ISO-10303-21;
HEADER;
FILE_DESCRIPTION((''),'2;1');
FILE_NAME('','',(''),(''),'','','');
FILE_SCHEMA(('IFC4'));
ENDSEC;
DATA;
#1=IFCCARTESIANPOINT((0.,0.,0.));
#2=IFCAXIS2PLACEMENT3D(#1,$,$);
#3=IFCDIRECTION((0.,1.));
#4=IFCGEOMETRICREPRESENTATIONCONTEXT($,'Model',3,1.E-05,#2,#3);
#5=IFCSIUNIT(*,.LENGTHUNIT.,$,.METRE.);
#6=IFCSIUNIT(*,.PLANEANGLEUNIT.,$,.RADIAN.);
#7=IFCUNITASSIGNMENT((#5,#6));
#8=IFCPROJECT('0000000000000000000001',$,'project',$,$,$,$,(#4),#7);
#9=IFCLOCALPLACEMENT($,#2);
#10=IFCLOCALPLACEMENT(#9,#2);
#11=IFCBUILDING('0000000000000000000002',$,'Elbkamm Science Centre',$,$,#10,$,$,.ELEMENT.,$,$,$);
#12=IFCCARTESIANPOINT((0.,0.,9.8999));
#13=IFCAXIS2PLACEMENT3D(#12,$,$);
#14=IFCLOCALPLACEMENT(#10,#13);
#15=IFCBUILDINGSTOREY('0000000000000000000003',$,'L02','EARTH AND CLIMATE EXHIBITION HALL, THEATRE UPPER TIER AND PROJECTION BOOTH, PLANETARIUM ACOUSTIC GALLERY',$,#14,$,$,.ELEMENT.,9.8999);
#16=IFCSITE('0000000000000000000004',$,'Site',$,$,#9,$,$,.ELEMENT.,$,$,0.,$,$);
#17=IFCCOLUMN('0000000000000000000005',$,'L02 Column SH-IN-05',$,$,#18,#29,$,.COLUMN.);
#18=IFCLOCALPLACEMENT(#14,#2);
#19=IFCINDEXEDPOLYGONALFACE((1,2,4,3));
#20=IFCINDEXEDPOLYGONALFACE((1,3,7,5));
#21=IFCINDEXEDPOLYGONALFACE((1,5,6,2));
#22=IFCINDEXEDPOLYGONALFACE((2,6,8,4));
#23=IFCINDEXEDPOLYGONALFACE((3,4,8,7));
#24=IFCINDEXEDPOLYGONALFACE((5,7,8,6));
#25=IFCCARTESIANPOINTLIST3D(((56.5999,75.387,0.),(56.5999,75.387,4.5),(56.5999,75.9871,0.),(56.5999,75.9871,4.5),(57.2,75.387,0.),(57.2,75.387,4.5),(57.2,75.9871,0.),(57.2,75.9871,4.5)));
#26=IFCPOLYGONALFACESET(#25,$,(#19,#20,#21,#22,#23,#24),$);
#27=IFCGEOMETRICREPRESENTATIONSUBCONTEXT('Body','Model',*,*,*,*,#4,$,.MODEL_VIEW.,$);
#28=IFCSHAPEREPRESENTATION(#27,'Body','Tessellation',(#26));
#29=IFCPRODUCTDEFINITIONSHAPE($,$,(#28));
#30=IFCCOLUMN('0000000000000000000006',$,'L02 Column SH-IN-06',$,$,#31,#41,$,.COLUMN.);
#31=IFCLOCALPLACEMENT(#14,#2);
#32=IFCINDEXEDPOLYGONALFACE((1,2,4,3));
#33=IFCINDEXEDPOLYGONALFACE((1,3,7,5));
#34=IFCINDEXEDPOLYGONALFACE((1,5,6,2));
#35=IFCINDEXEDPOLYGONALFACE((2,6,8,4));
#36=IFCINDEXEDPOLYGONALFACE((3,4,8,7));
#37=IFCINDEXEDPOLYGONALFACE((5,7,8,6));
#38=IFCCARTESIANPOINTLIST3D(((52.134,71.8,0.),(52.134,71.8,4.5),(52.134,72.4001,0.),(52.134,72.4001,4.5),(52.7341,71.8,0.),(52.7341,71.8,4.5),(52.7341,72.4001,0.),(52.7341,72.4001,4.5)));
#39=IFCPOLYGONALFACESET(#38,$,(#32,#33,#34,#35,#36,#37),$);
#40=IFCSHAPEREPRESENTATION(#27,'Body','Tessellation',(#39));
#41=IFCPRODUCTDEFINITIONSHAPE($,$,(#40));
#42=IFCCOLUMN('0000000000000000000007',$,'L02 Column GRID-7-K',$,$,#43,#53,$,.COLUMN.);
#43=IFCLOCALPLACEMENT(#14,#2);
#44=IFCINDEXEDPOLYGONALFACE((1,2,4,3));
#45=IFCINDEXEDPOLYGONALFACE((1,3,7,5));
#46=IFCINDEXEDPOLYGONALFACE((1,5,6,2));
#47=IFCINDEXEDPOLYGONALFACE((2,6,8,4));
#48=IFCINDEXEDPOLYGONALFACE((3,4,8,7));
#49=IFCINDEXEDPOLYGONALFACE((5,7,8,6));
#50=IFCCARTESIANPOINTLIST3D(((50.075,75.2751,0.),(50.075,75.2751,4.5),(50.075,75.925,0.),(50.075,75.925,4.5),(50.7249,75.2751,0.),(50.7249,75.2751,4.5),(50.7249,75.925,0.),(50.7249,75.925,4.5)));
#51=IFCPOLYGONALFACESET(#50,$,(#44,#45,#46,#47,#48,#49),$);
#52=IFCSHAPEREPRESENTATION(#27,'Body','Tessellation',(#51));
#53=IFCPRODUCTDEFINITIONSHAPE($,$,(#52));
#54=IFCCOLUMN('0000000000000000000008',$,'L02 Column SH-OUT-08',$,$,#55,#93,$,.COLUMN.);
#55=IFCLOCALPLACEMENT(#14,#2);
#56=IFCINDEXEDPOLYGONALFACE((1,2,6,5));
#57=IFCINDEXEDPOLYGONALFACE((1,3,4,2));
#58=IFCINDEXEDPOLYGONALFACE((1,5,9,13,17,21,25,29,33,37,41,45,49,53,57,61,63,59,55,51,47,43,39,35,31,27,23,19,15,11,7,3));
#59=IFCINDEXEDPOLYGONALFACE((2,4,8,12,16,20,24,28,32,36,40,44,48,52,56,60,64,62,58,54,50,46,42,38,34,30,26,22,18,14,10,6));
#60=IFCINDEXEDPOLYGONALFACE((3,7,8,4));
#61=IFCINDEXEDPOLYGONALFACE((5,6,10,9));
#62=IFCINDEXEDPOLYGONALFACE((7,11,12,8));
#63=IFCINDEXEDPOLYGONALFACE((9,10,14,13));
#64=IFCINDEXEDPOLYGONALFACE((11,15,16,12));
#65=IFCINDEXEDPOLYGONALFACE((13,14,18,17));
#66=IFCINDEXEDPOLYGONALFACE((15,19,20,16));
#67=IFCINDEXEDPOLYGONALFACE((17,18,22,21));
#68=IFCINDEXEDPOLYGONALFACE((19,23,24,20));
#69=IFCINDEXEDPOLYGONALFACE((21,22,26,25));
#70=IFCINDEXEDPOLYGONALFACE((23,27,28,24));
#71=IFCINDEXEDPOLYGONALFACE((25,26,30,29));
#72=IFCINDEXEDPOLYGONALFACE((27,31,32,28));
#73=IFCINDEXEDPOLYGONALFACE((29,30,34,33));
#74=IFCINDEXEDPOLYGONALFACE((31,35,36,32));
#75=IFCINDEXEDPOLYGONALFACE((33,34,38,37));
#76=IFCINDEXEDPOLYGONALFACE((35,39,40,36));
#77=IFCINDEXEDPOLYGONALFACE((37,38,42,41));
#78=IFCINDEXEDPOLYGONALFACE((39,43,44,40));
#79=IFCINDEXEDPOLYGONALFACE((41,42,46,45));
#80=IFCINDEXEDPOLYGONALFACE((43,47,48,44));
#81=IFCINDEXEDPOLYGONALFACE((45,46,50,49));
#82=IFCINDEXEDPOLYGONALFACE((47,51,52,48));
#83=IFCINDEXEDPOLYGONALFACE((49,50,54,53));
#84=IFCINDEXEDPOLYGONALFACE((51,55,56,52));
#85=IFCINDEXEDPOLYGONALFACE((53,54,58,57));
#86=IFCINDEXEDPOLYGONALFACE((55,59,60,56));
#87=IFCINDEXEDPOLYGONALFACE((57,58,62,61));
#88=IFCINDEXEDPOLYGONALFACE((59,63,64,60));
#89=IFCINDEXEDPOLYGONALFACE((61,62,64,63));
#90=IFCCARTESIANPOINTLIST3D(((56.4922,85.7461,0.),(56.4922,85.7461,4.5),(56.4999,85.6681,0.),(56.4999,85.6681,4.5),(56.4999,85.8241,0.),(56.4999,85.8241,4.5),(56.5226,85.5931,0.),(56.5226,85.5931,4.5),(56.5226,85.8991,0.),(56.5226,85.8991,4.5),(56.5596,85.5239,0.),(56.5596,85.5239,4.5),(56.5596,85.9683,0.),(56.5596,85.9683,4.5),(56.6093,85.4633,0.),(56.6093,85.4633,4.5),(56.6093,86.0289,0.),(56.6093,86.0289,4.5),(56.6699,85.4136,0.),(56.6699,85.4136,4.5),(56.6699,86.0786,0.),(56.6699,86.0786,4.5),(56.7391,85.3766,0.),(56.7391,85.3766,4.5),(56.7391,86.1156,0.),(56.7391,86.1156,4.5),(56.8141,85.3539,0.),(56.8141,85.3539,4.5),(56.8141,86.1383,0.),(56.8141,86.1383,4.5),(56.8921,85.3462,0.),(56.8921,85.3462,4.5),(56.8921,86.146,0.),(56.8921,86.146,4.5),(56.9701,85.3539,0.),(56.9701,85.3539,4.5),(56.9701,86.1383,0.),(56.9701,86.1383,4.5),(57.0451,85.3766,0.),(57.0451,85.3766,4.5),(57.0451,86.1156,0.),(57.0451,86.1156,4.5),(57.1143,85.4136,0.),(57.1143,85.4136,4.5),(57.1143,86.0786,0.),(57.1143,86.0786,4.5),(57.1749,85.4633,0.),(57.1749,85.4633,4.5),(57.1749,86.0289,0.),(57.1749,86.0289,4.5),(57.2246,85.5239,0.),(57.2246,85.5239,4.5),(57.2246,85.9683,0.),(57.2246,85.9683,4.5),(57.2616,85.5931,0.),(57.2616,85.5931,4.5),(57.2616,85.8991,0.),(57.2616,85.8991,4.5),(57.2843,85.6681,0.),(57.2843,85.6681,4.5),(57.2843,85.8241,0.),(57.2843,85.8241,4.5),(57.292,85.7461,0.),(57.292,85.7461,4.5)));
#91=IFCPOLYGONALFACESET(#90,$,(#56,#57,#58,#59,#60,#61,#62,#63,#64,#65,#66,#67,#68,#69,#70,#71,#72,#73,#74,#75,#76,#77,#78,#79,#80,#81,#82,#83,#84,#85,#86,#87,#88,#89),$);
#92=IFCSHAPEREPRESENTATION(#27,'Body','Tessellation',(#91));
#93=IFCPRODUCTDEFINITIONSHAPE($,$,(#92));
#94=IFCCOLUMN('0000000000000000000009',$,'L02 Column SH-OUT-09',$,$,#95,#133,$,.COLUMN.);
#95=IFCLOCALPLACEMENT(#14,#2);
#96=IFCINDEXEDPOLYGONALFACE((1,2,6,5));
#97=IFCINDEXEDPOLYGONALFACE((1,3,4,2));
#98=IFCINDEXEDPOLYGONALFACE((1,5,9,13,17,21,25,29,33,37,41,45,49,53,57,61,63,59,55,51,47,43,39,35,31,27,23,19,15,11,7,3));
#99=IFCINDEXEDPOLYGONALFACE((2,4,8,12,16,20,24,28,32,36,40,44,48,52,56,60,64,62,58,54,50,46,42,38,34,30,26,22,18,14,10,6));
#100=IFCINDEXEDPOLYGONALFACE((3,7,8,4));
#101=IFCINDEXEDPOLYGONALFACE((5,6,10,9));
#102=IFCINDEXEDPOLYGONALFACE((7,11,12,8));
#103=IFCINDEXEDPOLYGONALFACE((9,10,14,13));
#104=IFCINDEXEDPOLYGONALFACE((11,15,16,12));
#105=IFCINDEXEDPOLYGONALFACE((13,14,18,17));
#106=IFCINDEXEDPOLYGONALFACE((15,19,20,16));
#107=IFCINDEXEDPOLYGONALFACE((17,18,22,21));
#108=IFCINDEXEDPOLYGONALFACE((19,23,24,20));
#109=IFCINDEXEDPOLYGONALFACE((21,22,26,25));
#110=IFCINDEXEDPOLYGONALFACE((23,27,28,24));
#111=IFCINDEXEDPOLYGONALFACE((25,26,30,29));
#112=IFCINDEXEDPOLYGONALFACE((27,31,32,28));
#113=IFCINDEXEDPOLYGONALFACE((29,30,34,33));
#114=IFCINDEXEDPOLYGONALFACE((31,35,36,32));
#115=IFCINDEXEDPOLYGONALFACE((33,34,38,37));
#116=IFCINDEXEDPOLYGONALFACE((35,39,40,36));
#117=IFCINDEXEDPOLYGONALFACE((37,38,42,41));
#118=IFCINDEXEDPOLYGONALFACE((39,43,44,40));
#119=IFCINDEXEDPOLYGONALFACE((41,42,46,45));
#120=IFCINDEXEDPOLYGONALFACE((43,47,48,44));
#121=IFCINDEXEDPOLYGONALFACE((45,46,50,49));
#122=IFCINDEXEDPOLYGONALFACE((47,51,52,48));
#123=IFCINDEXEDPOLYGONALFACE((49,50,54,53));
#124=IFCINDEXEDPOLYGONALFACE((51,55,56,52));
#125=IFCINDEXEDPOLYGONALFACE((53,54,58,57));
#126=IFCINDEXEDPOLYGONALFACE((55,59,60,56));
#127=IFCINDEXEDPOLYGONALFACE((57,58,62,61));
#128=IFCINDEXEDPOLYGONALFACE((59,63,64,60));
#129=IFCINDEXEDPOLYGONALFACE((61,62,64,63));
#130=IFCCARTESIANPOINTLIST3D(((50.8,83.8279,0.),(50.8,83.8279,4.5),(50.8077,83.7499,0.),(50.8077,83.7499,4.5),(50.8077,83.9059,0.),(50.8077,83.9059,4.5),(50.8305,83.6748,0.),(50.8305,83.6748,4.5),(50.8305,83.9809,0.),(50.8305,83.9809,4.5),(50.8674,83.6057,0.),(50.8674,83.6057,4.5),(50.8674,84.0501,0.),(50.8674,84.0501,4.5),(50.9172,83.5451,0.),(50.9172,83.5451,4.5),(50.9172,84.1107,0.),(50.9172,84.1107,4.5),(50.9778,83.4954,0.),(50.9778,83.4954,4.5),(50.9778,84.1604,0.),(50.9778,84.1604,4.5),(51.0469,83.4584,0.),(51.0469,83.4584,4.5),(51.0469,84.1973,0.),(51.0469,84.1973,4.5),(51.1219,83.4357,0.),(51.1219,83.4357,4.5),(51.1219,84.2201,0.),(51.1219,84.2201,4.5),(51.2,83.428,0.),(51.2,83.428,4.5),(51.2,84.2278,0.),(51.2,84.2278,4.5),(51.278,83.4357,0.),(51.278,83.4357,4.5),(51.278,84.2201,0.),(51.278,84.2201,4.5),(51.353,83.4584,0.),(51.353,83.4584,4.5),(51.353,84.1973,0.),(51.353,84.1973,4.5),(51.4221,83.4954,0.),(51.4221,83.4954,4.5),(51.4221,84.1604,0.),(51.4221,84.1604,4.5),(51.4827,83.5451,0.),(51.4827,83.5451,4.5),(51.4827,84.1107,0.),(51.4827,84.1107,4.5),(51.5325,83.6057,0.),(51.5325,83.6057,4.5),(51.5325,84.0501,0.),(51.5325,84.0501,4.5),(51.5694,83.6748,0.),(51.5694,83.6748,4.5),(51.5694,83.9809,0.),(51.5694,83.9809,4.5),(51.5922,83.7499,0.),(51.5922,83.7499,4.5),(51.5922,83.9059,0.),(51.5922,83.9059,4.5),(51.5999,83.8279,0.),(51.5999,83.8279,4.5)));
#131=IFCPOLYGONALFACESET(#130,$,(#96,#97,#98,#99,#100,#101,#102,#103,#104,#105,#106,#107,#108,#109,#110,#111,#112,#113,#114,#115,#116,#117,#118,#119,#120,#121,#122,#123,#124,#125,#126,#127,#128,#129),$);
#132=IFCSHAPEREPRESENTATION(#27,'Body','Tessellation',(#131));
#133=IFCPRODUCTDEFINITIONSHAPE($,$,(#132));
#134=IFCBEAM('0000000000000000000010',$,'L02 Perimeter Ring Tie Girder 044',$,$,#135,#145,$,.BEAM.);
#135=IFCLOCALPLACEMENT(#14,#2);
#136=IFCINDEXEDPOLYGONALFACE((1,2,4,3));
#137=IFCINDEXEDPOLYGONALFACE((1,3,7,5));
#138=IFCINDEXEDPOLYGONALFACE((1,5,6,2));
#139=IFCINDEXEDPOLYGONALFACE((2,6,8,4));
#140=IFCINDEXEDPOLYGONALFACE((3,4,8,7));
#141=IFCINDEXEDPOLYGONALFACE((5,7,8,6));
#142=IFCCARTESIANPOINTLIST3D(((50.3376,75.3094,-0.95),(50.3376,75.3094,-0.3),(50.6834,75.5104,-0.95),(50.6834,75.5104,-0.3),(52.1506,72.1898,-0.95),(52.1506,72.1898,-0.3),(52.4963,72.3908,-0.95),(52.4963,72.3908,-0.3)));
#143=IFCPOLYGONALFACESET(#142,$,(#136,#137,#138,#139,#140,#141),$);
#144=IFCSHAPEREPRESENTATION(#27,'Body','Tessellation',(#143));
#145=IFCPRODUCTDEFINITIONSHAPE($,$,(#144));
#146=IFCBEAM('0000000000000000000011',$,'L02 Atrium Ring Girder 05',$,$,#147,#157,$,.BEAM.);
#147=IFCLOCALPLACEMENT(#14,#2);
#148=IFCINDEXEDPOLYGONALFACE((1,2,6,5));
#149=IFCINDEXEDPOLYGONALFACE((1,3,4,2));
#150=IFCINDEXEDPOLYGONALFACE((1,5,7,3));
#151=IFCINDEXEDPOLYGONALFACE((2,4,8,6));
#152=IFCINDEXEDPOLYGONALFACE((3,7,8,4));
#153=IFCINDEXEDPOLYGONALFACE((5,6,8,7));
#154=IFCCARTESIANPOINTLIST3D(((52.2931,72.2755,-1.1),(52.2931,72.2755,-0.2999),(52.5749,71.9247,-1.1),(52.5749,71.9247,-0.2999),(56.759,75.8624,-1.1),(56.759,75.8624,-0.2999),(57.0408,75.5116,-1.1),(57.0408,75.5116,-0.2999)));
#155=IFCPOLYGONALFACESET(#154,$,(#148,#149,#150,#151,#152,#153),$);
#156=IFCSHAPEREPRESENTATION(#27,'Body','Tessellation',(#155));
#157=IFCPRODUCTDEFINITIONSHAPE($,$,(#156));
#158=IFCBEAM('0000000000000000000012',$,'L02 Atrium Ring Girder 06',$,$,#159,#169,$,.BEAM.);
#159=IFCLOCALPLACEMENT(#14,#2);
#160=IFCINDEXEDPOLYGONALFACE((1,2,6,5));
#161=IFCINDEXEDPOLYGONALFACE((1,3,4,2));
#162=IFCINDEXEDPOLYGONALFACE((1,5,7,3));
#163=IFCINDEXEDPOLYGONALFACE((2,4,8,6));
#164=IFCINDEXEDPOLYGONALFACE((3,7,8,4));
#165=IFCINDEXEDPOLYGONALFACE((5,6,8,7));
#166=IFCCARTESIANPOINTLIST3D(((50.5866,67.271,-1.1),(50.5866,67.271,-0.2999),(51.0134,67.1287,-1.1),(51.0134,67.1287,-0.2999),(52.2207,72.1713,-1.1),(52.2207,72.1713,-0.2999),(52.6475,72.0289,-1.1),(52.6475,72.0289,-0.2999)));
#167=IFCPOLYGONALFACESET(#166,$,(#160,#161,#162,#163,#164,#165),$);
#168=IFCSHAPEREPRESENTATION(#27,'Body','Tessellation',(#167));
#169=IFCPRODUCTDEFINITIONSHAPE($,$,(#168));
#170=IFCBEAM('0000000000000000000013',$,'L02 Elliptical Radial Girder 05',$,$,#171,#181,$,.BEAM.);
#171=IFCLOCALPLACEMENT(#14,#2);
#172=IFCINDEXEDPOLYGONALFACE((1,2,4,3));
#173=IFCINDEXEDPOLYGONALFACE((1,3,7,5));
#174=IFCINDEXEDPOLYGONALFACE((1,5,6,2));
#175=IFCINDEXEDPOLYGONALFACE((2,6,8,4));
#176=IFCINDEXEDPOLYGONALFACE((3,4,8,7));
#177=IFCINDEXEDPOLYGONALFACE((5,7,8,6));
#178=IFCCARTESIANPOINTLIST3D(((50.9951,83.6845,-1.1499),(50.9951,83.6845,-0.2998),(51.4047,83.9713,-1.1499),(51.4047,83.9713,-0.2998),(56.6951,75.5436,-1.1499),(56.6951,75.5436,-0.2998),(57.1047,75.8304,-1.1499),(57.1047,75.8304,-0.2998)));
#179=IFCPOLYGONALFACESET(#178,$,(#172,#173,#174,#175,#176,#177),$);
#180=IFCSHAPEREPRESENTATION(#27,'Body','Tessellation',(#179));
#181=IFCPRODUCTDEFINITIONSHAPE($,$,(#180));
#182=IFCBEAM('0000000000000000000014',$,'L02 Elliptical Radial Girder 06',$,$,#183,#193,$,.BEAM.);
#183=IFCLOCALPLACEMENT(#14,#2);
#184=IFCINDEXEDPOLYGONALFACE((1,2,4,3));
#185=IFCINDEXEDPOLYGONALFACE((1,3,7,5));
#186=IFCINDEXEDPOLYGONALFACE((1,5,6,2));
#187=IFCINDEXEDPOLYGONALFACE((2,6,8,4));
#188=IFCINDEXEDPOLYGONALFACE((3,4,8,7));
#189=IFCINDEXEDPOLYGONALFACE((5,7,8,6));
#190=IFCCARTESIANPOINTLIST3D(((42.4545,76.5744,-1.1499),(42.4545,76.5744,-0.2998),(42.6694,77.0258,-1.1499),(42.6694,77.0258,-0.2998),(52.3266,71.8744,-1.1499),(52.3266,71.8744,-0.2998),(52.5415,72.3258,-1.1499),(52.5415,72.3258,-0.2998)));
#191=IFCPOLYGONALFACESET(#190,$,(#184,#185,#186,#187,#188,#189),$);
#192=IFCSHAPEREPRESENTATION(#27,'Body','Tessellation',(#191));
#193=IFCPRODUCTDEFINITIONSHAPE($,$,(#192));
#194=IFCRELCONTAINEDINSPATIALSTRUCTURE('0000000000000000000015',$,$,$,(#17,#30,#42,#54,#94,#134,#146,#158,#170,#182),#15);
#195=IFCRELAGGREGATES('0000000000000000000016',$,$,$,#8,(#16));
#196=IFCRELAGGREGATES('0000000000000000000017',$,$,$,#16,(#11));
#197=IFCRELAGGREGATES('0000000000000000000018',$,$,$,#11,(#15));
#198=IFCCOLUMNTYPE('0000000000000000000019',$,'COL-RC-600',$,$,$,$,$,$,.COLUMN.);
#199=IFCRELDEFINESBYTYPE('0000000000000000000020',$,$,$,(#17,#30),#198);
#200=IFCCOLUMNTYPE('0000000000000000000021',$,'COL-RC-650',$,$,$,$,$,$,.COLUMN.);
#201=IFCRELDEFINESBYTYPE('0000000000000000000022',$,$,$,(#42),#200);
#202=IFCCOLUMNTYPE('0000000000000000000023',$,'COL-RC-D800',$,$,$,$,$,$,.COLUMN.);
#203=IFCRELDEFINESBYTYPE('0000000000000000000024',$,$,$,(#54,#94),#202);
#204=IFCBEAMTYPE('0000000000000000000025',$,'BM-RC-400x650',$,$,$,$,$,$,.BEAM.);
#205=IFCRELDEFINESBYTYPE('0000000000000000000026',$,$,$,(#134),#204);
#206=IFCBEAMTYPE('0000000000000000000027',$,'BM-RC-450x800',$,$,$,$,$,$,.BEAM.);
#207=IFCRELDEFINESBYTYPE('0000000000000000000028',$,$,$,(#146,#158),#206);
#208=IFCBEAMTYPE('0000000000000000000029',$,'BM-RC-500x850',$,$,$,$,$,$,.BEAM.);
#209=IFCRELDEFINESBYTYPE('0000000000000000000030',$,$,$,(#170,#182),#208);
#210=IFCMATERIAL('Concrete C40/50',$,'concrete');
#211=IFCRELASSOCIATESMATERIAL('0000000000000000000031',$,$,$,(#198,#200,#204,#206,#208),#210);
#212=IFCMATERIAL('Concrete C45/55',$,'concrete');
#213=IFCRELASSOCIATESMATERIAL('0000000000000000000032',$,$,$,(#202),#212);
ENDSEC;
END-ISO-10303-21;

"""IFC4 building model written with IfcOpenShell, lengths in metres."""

from ifc_helpers import new_model, si_unit, direction, frame, origin, origin_2d, place, context, subcontext, project, spatial, rectangle, circle, extrude, material, material_profile, profile_set, type_object, element, save


model = new_model("IFC4")

# Units and contexts
model_context = context("Model", 3, precision=1e-05, world=origin(), true_north=direction((0.0, 1.0)))
body_context = subcontext(model_context, "Body", "Model", "MODEL_VIEW")
ifc_project = project(units=[si_unit("LENGTHUNIT", "METRE"), si_unit("PLANEANGLEUNIT", "RADIAN")], contexts=[model_context])

# Site, building, storey
site_placement = place(None, origin())
site = spatial("IfcSite", under=ifc_project, at=site_placement, Name="Site", CompositionType="ELEMENT", RefElevation=0.0)
building_placement = place(site_placement, origin())
building = spatial("IfcBuilding", under=site, at=building_placement, Name="Elbkamm Science Centre", CompositionType="ELEMENT")
storey_placement = place(building_placement, frame((0.0, 0.0, 9.8999)))
storey = spatial("IfcBuildingStorey", under=building, at=storey_placement, Name="L02", Description="EARTH AND CLIMATE EXHIBITION HALL, THEATRE UPPER TIER AND PROJECTION BOOTH, PLANETARIUM ACOUSTIC GALLERY", CompositionType="ELEMENT", Elevation=9.8999)

# Columns
ifc_material_1 = material(Name="Concrete C40/50", Category="concrete")
ifc_material_profile_1 = material_profile(ifc_material_1, rectangle(XDim=0.6001, YDim=0.6001, at=origin_2d()), Name="RC 600x600")
ifc_profile_set_1 = profile_set([ifc_material_profile_1], Name="Concrete C40/50")
column_type_1 = type_object("IfcColumnType", Name="COL-RC-600", PredefinedType="COLUMN", material=ifc_profile_set_1)
for number, where, z_axis, x_axis, name in (
    (1, (56.8999, 75.687, 0.0), (0.0, 0.0, 1.0), (1.0, 0.0, 0.0), "L02 Column SH-IN-05"),
    (2, (52.4341, 72.1001, 0.0), (0.0, 0.0, 1.0), (1.0, 0.0, 0.0), "L02 Column SH-IN-06"),
):
    element("IfcColumn", number, at=place(storey_placement, frame(where, z_axis=z_axis, x_axis=x_axis)), inside=storey, type_object=column_type_1, Name=name, PredefinedType="COLUMN", context=body_context, shape_type="SweptSolid", body=[
        extrude(rectangle(XDim=0.6001, YDim=0.6001, at=origin_2d()), origin(), (0.0, 0.0, 1.0), 4.5),
    ])
ifc_material_profile_2 = material_profile(ifc_material_1, rectangle(XDim=0.6499, YDim=0.6499, at=origin_2d()), Name="RC 650x650")
ifc_profile_set_2 = profile_set([ifc_material_profile_2], Name="Concrete C40/50")
column_type_2 = type_object("IfcColumnType", Name="COL-RC-650", PredefinedType="COLUMN", material=ifc_profile_set_2)
column_placement = place(storey_placement, frame((50.3999, 75.6001, 0.0), z_axis=(0.0, 0.0, 1.0), x_axis=(1.0, 0.0, 0.0)))
element("IfcColumn", 3, at=column_placement, inside=storey, type_object=column_type_2, Name="L02 Column GRID-7-K", PredefinedType="COLUMN", context=body_context, shape_type="SweptSolid", body=[
    extrude(rectangle(XDim=0.6499, YDim=0.6499, at=origin_2d()), origin(), (0.0, 0.0, 1.0), 4.5),
])
ifc_material_2 = material(Name="Concrete C45/55", Category="concrete")
ifc_material_profile_3 = material_profile(ifc_material_2, circle(Radius=0.3999, at=origin_2d()), Name="RC D800")
ifc_profile_set_3 = profile_set([ifc_material_profile_3], Name="Concrete C45/55")
column_type_3 = type_object("IfcColumnType", Name="COL-RC-D800", PredefinedType="COLUMN", material=ifc_profile_set_3)
for number, where, z_axis, x_axis, name in (
    (4, (56.8921, 85.7461, 0.0), (0.0, 0.0, 1.0), (1.0, 0.0, 0.0), "L02 Column SH-OUT-08"),
    (5, (51.2, 83.8279, 0.0), (0.0, 0.0, 1.0), (1.0, 0.0, 0.0), "L02 Column SH-OUT-09"),
):
    element("IfcColumn", number, at=place(storey_placement, frame(where, z_axis=z_axis, x_axis=x_axis)), inside=storey, type_object=column_type_3, Name=name, PredefinedType="COLUMN", context=body_context, shape_type="SweptSolid", body=[
        extrude(circle(Radius=0.3999, at=origin_2d()), origin(), (0.0, 0.0, 1.0), 4.5),
    ])

# Beams
ifc_material_profile_4 = material_profile(ifc_material_1, rectangle(XDim=0.3999, YDim=0.6499, at=origin_2d()), Name="RC 400x650")
ifc_profile_set_4 = profile_set([ifc_material_profile_4], Name="Concrete C40/50")
beam_type_1 = type_object("IfcBeamType", Name="BM-RC-400x650", PredefinedType="BEAM", material=ifc_profile_set_4)
beam_1_placement = place(storey_placement, frame((50.5105, 75.4099, -0.625), z_axis=(0.502465, -0.864597, 0.0), x_axis=(0.864597, 0.502465, 0.0)))
element("IfcBeam", 6, at=beam_1_placement, inside=storey, type_object=beam_type_1, Name="L02 Perimeter Ring Tie Girder 044", PredefinedType="BEAM", context=body_context, shape_type="SweptSolid", body=[
    extrude(rectangle(XDim=0.3999, YDim=0.6499, at=origin_2d()), origin(), (0.0, 0.0, 1.0), 3.6082),
])
ifc_material_profile_5 = material_profile(ifc_material_1, rectangle(XDim=0.45, YDim=0.8, at=origin_2d()), Name="RC 450x800")
ifc_profile_set_5 = profile_set([ifc_material_profile_5], Name="Concrete C40/50")
beam_type_2 = type_object("IfcBeamType", Name="BM-RC-450x800", PredefinedType="BEAM", material=ifc_profile_set_5)
beam_2_placement = place(storey_placement, frame((56.8999, 75.687, -0.7), z_axis=(-0.779653, -0.626212, 0.0), x_axis=(0.626212, -0.779653, 0.0)))
element("IfcBeam", 7, at=beam_2_placement, inside=storey, type_object=beam_type_2, Name="L02 Atrium Ring Girder 05", PredefinedType="BEAM", context=body_context, shape_type="SweptSolid", body=[
    extrude(rectangle(XDim=0.45, YDim=0.8, at=origin_2d()), origin(), (0.0, 0.0, 1.0), 5.728),
])
beam_3_placement = place(storey_placement, frame((52.4341, 72.1001, -0.7), z_axis=(-0.316341, -0.948645, 0.0), x_axis=(0.948645, -0.316341, 0.0)))
element("IfcBeam", 8, at=beam_3_placement, inside=storey, type_object=beam_type_2, Name="L02 Atrium Ring Girder 06", PredefinedType="BEAM", context=body_context, shape_type="SweptSolid", body=[
    extrude(rectangle(XDim=0.45, YDim=0.8, at=origin_2d()), origin(), (0.0, 0.0, 1.0), 5.1655),
])
ifc_material_profile_6 = material_profile(ifc_material_1, rectangle(XDim=0.5, YDim=0.8501, at=origin_2d()), Name="RC 500x850")
ifc_profile_set_6 = profile_set([ifc_material_profile_6], Name="Concrete C40/50")
beam_type_3 = type_object("IfcBeamType", Name="BM-RC-500x850", PredefinedType="BEAM", material=ifc_profile_set_6)
beam_4_placement = place(storey_placement, frame((56.8999, 75.687, -0.7249), z_axis=(-0.573553, 0.819168, 0.0), x_axis=(-0.819168, -0.573553, 0.0)))
element("IfcBeam", 9, at=beam_4_placement, inside=storey, type_object=beam_type_3, Name="L02 Elliptical Radial Girder 05", PredefinedType="BEAM", context=body_context, shape_type="SweptSolid", body=[
    extrude(rectangle(XDim=0.5, YDim=0.8501, at=origin_2d()), origin(), (0.0, 0.0, 1.0), 9.938),
])
beam_5_placement = place(storey_placement, frame((52.4341, 72.1001, -0.7249), z_axis=(-0.902897, 0.429856, 0.0), x_axis=(-0.429856, -0.902897, 0.0)))
element("IfcBeam", 10, at=beam_5_placement, inside=storey, type_object=beam_type_3, Name="L02 Elliptical Radial Girder 06", PredefinedType="BEAM", context=body_context, shape_type="SweptSolid", body=[
    extrude(rectangle(XDim=0.5, YDim=0.8501, at=origin_2d()), origin(), (0.0, 0.0, 1.0), 10.9338),
])

save(model, "model.ifc")
